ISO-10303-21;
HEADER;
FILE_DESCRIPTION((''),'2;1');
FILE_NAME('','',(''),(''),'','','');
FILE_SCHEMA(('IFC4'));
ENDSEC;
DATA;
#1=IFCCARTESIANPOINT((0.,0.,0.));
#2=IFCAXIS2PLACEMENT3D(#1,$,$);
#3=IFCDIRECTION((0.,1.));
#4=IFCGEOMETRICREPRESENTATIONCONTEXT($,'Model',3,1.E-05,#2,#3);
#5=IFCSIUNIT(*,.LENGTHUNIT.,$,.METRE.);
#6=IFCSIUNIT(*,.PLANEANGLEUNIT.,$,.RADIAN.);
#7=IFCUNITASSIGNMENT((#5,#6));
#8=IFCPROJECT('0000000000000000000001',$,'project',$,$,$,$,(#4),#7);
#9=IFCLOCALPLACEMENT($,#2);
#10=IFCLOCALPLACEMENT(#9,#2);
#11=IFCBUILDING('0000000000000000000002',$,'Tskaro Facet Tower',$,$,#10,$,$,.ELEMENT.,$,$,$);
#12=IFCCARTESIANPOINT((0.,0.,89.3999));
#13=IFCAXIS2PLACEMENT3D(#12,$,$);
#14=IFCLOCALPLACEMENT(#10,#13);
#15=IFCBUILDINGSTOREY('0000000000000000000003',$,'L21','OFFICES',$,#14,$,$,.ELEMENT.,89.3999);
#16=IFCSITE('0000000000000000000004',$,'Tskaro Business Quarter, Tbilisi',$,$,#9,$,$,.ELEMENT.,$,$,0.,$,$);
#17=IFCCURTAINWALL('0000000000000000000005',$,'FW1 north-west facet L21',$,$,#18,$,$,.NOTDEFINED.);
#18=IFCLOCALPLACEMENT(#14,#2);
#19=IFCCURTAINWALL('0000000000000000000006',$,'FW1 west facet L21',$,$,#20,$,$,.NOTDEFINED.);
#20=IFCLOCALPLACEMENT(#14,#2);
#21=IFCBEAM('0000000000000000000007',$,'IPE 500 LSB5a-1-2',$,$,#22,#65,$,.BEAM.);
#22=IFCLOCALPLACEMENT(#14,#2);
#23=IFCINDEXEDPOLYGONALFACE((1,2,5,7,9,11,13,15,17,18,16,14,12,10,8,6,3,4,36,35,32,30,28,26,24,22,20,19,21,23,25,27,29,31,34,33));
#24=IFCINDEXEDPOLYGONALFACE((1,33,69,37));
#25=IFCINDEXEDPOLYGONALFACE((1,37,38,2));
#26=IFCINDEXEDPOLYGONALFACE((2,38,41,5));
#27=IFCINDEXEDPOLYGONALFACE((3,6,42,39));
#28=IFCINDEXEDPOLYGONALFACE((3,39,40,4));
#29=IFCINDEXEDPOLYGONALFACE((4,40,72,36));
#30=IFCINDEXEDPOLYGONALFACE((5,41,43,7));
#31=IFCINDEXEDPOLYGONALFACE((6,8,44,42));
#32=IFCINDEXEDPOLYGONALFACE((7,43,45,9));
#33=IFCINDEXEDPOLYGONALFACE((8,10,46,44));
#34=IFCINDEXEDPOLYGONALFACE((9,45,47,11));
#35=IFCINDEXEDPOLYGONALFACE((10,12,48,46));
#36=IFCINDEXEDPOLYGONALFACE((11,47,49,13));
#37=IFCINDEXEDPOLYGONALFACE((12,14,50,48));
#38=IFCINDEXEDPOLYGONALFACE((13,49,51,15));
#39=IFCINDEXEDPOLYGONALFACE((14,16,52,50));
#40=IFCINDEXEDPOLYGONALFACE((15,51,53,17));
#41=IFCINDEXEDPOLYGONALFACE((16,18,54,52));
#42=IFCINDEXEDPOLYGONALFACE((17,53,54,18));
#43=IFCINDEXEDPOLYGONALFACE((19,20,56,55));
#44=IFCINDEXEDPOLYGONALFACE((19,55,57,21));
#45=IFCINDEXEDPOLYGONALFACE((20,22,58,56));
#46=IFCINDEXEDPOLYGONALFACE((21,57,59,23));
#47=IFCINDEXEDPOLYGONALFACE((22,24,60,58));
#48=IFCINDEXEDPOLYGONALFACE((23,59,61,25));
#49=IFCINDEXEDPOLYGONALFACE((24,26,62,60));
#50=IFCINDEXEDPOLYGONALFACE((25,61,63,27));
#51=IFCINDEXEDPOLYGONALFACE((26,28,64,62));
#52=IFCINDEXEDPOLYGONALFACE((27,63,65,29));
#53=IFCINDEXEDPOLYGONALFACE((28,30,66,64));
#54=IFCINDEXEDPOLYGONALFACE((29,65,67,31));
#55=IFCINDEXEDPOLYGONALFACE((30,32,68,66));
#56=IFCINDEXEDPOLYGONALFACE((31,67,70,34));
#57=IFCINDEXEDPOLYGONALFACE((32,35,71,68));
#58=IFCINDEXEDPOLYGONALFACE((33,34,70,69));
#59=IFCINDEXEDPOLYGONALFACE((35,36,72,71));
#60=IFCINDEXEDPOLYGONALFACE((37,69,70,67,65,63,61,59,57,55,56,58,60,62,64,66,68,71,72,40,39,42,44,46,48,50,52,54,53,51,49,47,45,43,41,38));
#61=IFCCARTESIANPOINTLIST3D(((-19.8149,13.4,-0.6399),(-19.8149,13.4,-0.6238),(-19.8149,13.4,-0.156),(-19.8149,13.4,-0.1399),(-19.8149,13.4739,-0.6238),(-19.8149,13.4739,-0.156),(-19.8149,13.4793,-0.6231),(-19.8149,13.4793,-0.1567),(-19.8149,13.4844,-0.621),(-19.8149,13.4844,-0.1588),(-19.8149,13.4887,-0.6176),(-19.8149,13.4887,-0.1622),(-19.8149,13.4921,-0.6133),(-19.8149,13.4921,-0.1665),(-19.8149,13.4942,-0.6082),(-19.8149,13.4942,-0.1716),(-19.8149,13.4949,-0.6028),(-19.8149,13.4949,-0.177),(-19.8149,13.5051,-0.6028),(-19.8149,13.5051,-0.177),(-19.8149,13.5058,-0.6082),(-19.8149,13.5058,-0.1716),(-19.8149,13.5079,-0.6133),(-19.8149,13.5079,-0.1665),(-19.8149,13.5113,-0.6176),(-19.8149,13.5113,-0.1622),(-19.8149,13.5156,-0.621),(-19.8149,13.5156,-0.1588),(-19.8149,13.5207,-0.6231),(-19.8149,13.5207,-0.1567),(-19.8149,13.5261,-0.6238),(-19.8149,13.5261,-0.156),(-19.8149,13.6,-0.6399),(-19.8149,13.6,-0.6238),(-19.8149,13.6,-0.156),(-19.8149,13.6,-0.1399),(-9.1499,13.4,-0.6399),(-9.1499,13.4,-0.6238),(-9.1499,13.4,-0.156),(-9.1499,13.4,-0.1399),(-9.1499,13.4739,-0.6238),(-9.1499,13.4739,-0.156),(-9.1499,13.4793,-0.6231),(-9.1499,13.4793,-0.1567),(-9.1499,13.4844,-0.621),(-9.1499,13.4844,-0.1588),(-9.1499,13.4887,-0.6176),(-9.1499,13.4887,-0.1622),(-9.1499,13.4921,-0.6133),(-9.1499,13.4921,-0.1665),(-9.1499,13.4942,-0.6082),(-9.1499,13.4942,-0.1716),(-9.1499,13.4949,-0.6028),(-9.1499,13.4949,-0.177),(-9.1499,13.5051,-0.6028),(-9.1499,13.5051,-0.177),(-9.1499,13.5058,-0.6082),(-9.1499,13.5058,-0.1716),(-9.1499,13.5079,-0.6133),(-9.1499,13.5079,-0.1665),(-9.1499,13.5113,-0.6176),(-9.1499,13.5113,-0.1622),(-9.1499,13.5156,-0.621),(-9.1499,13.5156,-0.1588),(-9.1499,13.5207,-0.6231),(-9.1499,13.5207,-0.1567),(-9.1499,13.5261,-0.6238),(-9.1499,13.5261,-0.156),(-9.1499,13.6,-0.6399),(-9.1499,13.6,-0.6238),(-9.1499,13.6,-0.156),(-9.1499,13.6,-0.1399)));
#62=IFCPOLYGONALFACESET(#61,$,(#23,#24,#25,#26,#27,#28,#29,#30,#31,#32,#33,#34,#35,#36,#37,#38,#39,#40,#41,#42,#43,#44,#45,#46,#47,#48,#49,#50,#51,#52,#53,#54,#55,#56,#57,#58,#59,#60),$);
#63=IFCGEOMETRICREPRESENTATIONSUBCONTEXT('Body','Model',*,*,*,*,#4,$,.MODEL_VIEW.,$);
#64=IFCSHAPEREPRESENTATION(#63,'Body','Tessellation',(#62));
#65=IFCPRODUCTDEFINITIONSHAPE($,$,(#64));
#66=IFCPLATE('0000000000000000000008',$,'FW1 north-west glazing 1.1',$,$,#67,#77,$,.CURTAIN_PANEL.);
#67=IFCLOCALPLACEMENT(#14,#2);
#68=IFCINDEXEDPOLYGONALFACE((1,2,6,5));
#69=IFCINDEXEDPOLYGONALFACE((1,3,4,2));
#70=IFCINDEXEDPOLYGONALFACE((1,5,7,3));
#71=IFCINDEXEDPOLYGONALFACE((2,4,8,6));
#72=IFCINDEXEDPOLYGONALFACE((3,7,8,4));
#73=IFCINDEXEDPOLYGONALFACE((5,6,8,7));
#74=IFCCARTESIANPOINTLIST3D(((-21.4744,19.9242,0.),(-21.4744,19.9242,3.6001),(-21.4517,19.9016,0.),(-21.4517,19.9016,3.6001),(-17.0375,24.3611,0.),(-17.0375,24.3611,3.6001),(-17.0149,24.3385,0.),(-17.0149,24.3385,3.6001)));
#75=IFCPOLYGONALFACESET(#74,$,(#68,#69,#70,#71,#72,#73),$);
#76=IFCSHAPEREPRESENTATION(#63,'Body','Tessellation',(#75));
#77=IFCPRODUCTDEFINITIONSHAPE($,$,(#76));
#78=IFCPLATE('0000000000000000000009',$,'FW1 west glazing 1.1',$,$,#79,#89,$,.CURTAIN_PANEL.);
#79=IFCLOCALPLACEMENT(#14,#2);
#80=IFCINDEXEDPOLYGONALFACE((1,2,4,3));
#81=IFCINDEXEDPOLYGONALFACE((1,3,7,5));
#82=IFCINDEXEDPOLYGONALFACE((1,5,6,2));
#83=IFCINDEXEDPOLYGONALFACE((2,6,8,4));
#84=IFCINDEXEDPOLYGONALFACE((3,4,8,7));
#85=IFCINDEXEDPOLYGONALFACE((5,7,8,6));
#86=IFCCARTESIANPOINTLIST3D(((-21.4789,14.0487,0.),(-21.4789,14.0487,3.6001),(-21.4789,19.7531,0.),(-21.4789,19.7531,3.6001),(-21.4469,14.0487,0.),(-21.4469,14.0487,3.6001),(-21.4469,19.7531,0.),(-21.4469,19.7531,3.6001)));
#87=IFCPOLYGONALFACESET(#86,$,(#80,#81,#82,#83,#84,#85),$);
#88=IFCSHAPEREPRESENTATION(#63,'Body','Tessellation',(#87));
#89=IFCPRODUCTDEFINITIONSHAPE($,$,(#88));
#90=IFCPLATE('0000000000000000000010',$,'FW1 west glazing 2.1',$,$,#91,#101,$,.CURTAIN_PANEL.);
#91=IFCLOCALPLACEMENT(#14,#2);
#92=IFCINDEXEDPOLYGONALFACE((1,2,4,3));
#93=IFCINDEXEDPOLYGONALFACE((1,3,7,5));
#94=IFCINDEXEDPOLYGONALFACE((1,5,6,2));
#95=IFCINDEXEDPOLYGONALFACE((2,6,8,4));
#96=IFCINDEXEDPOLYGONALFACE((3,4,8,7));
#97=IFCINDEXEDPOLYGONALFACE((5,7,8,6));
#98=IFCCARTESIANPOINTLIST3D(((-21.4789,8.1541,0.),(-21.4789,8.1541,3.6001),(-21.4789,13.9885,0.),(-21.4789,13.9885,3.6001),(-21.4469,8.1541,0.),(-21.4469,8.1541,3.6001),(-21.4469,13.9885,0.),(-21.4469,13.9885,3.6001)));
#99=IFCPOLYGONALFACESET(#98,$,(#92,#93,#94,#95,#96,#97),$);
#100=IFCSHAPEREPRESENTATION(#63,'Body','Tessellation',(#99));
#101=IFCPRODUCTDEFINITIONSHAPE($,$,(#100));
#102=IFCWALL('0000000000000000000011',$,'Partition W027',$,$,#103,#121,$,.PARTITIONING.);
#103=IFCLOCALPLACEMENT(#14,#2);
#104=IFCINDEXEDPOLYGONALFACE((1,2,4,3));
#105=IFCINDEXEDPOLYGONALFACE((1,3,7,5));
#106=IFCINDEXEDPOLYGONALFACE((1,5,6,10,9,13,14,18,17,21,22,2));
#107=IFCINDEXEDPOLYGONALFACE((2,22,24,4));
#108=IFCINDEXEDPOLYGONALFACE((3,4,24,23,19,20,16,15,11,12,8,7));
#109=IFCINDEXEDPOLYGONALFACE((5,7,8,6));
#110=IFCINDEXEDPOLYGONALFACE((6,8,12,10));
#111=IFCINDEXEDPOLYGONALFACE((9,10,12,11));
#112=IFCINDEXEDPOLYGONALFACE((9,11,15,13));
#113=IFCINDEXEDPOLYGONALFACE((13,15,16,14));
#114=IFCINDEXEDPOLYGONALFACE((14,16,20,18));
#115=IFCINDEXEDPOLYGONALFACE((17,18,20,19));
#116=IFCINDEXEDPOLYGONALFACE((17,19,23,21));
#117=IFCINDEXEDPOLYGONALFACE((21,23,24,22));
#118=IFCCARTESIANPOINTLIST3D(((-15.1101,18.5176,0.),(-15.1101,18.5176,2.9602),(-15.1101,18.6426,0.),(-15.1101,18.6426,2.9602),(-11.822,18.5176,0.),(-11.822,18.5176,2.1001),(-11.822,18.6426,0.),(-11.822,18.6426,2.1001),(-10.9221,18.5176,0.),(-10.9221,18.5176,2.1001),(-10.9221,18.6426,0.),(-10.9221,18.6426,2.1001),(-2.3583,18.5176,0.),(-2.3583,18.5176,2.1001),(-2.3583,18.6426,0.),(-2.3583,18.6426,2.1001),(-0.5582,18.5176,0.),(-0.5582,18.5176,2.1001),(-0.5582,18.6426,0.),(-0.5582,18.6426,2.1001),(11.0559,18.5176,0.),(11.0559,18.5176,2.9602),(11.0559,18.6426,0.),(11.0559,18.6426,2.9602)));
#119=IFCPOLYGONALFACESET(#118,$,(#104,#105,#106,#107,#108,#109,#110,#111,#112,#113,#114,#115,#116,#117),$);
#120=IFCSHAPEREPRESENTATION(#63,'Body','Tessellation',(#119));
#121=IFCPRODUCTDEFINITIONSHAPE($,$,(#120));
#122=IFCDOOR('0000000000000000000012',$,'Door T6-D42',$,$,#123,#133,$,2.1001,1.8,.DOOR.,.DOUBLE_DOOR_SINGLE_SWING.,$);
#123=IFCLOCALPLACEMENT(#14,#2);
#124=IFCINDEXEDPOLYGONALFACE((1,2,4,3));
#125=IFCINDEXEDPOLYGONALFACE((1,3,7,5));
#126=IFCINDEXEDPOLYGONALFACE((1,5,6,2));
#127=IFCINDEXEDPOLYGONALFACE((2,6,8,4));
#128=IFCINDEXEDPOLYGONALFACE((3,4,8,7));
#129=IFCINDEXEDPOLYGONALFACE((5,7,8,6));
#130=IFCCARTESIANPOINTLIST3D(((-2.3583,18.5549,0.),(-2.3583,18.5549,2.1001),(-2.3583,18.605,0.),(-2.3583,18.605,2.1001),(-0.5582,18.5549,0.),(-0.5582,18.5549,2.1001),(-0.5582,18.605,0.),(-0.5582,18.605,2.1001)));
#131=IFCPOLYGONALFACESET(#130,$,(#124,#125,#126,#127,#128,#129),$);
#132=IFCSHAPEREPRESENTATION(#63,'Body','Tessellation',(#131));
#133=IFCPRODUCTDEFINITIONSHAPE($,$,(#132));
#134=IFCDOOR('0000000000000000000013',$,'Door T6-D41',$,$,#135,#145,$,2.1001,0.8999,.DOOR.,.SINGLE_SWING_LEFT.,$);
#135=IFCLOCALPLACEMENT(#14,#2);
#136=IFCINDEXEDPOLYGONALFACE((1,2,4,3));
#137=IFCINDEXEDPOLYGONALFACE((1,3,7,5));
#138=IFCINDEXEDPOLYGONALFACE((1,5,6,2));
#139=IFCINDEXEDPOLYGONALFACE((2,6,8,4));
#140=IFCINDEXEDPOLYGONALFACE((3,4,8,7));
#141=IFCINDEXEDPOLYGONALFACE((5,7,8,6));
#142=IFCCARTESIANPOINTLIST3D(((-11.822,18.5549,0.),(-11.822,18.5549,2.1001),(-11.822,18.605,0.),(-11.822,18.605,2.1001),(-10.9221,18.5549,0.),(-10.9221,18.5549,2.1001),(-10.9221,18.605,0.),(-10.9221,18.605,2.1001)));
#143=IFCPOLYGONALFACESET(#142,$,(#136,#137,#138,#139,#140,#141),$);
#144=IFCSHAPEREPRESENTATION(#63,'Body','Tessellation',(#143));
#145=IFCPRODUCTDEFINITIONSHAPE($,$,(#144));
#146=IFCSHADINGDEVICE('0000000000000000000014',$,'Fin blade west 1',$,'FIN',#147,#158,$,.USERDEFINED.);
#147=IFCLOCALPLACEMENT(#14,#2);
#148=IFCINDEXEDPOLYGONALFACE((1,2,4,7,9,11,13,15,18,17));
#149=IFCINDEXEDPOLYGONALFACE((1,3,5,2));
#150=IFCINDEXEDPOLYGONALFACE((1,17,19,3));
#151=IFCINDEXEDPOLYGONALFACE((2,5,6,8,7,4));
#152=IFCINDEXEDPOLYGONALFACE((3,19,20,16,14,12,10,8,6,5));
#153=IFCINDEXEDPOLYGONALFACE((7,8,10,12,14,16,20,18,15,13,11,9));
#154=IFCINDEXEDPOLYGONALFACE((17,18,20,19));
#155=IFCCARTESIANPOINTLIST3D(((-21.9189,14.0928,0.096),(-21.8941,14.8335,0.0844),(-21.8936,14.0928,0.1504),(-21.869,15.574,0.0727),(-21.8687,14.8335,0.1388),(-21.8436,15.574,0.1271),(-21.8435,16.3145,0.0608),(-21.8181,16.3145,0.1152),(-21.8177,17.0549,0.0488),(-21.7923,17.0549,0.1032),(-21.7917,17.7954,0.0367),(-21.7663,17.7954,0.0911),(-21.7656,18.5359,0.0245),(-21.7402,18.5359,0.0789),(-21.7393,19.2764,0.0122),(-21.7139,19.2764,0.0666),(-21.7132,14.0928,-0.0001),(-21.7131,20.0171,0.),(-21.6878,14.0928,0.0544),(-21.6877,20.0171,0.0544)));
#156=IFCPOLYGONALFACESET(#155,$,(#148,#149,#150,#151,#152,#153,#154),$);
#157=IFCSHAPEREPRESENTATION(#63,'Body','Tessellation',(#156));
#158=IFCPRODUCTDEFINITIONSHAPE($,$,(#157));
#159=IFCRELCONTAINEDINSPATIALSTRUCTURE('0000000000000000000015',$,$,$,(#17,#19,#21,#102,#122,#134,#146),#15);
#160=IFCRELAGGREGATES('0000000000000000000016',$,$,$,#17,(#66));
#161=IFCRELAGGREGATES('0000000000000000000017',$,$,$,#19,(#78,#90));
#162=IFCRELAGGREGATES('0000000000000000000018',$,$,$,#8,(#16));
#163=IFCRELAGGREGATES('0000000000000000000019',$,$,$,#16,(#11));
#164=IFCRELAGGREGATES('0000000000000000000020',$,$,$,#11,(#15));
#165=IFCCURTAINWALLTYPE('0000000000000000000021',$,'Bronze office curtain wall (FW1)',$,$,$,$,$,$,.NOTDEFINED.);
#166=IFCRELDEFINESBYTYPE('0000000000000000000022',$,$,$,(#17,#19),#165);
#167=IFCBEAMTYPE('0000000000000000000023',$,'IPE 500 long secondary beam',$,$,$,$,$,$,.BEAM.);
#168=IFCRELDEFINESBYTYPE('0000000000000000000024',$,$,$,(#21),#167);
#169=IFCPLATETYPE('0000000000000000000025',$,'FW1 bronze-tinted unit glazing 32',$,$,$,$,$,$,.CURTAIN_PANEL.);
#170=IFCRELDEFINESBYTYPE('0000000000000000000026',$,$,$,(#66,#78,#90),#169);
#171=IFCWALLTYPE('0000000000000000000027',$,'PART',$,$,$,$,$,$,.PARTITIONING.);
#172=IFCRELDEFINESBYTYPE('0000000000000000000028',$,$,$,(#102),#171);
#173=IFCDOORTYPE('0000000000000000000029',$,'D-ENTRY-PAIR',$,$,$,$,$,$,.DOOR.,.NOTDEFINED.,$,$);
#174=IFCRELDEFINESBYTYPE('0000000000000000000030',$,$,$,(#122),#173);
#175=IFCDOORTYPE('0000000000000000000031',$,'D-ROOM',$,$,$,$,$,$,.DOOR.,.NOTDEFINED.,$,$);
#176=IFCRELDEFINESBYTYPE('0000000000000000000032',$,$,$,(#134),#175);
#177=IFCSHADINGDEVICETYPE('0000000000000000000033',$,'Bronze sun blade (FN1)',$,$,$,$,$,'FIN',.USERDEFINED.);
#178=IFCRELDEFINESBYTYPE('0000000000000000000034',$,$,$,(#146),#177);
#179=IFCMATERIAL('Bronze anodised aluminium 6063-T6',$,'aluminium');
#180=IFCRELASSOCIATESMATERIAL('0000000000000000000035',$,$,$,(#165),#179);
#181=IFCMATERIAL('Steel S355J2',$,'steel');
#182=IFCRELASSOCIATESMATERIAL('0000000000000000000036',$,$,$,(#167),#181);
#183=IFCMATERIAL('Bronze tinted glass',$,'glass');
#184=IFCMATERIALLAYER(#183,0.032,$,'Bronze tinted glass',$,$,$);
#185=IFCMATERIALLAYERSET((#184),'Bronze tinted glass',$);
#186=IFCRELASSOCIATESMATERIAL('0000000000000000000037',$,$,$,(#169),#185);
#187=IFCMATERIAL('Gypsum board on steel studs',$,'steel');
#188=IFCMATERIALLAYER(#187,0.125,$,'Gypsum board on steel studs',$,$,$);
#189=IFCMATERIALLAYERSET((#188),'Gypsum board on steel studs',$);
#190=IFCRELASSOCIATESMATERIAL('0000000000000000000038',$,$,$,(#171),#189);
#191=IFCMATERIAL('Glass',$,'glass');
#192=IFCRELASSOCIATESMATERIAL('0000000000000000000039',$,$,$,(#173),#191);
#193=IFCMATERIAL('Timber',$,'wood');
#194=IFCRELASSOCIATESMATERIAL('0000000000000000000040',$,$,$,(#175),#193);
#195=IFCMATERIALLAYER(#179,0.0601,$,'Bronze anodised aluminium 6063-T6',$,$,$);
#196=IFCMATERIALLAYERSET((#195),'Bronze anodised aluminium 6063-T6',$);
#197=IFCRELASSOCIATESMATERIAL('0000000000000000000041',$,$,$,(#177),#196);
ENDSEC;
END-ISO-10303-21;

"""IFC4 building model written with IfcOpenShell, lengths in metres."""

from ifc_helpers import new_model, si_unit, direction, frame, frame_2d, origin, origin_2d, place, context, subcontext, project, spatial, polyline, rectangle, i_section, outline, extrude, material, layer, layer_set, material_profile, profile_set, type_object, element, fill, aggregate, save


model = new_model("IFC4")

# Units and contexts
model_context = context("Model", 3, precision=1e-05, world=origin(), true_north=direction((0.0, 1.0)))
body_context = subcontext(model_context, "Body", "Model", "MODEL_VIEW")
ifc_project = project(units=[si_unit("LENGTHUNIT", "METRE"), si_unit("PLANEANGLEUNIT", "RADIAN")], contexts=[model_context])

# Site, building, storey
site_placement = place(None, origin())
site = spatial("IfcSite", under=ifc_project, at=site_placement, Name="Tskaro Business Quarter, Tbilisi", CompositionType="ELEMENT", RefElevation=0.0)
building_placement = place(site_placement, origin())
building = spatial("IfcBuilding", under=site, at=building_placement, Name="Tskaro Facet Tower", CompositionType="ELEMENT")
storey_placement = place(building_placement, frame((0.0, 0.0, 89.3999)))
storey = spatial("IfcBuildingStorey", under=building, at=storey_placement, Name="L21", Description="OFFICES", CompositionType="ELEMENT", Elevation=89.3999)

# Curtain wall
ifc_material_1 = material(Name="Bronze anodised aluminium 6063-T6", Category="aluminium")
curtain_wall_type = type_object("IfcCurtainWallType", Name="Bronze office curtain wall (FW1)", PredefinedType="NOTDEFINED", material=ifc_material_1)
curtain_wall_1_placement = place(storey_placement, origin())
curtain_wall_1 = element("IfcCurtainWall", 1, at=curtain_wall_1_placement, inside=storey, type_object=curtain_wall_type, Name="FW1 north-west facet L21", PredefinedType="NOTDEFINED")

# Curtain wall
curtain_wall_2_placement = place(storey_placement, origin())
curtain_wall_2 = element("IfcCurtainWall", 2, at=curtain_wall_2_placement, inside=storey, type_object=curtain_wall_type, Name="FW1 west facet L21", PredefinedType="NOTDEFINED")

# Beam
ifc_material_2 = material(Name="Steel S355J2", Category="steel")
ifc_material_profile_1 = material_profile(ifc_material_2, i_section(OverallWidth=0.2, OverallDepth=0.5, WebThickness=0.0103, FlangeThickness=0.0161, FilletRadius=0.021, at=origin_2d()), Name="IPE 500")
ifc_profile_set_1 = profile_set([ifc_material_profile_1], Name="Steel S355J2")
beam_type_1 = type_object("IfcBeamType", Name="IPE 500 long secondary beam", PredefinedType="BEAM", material=ifc_profile_set_1)
beam_1_placement = place(storey_placement, frame((-19.8149, 13.5, -0.3899), z_axis=(1.0, 0.0, 0.0), x_axis=(0.0, 1.0, 0.0)))
element("IfcBeam", 3, at=beam_1_placement, inside=storey, type_object=beam_type_1, Name="IPE 500 LSB5a-1-2", PredefinedType="BEAM", context=body_context, shape_type="SweptSolid", body=[
    extrude(i_section(OverallWidth=0.2, OverallDepth=0.5, WebThickness=0.0103, FlangeThickness=0.0161, FilletRadius=0.021, at=origin_2d()), origin(), (0.0, 0.0, 1.0), 10.665),
])

# Plates
ifc_material_3 = material(Name="Bronze tinted glass", Category="glass")
ifc_layer_1 = layer(ifc_material_3, 0.032, Name="Bronze tinted glass")
ifc_layer_set_1 = layer_set([ifc_layer_1], Name="Bronze tinted glass")
plate_type = type_object("IfcPlateType", Name="FW1 bronze-tinted unit glazing 32", PredefinedType="CURTAIN_PANEL", material=ifc_layer_set_1)
plate_1_placement = place(storey_placement, frame((-19.2446, 22.1313, 0.0), z_axis=(0.0, 0.0, 1.0), x_axis=(-0.707107, -0.707107, 0.0)))
plate_1 = element("IfcPlate", 4, at=plate_1_placement, type_object=plate_type, Name="FW1 north-west glazing 1.1", PredefinedType="CURTAIN_PANEL", context=body_context, shape_type="SweptSolid", body=[
    extrude(rectangle(XDim=6.2747, YDim=0.032, at=origin_2d()), origin(), (0.0, 0.0, 1.0), 3.6001),
])
aggregate(curtain_wall_1, [plate_1])
plate_2_placement = place(storey_placement, frame((-21.4629, 16.9009, 0.0), z_axis=(0.0, 0.0, 1.0), x_axis=(0.0, -1.0, 0.0)))
plate_2 = element("IfcPlate", 5, at=plate_2_placement, type_object=plate_type, Name="FW1 west glazing 1.1", PredefinedType="CURTAIN_PANEL", context=body_context, shape_type="SweptSolid", body=[
    extrude(rectangle(XDim=5.7043, YDim=0.032, at=origin_2d()), origin(), (0.0, 0.0, 1.0), 3.6001),
])
plate_3_placement = place(storey_placement, frame((-21.4629, 11.0713, 0.0), z_axis=(0.0, 0.0, 1.0), x_axis=(0.0, -1.0, 0.0)))
plate_3 = element("IfcPlate", 6, at=plate_3_placement, type_object=plate_type, Name="FW1 west glazing 2.1", PredefinedType="CURTAIN_PANEL", context=body_context, shape_type="SweptSolid", body=[
    extrude(rectangle(XDim=5.8345, YDim=0.032, at=origin_2d()), origin(), (0.0, 0.0, 1.0), 3.6001),
])
aggregate(curtain_wall_2, [plate_2, plate_3])

# Wall, openings, doors
ifc_material_4 = material(Name="Gypsum board on steel studs", Category="steel")
ifc_layer_2 = layer(ifc_material_4, 0.125, Name="Gypsum board on steel studs")
ifc_layer_set_2 = layer_set([ifc_layer_2], Name="Gypsum board on steel studs")
wall_type = type_object("IfcWallType", Name="PART", PredefinedType="PARTITIONING", material=ifc_layer_set_2)
wall_placement = place(storey_placement, frame((-15.1101, 18.5801, 0.0), z_axis=(0.0, 0.0, 1.0), x_axis=(1.0, 0.0, 0.0)))
wall = element("IfcWall", 7, at=wall_placement, inside=storey, type_object=wall_type, Name="Partition W027", PredefinedType="PARTITIONING", context=body_context, shape_type="SweptSolid", body=[
    extrude(rectangle(XDim=26.166, YDim=0.125, at=frame_2d((13.083, 0.0))), origin(), (0.0, 0.0, 1.0), 2.9602),
])
opening_1_placement = place(wall_placement, frame((12.752, 0.0, 0.0)))
opening_1 = element("IfcOpeningElement", 8, at=opening_1_placement, cuts=wall, PredefinedType="OPENING", context=body_context, shape_type="SweptSolid", body=[
    extrude(rectangle(XDim=1.8, YDim=2.1001, at=frame_2d((0.8999, 1.05))), frame((0.0, 0.0725, 0.0), z_axis=(0.0, -1.0, 0.0), x_axis=(1.0, 0.0, 0.0)), (0.0, 0.0, 1.0), 0.145),
])
opening_2_placement = place(wall_placement, frame((3.2881, 0.0, 0.0)))
opening_2 = element("IfcOpeningElement", 9, at=opening_2_placement, cuts=wall, PredefinedType="OPENING", context=body_context, shape_type="SweptSolid", body=[
    extrude(rectangle(XDim=0.8999, YDim=2.1001, at=frame_2d((0.45, 1.05))), frame((0.0, 0.0725, 0.0), z_axis=(0.0, -1.0, 0.0), x_axis=(1.0, 0.0, 0.0)), (0.0, 0.0, 1.0), 0.145),
])
ifc_material_5 = material(Name="Glass", Category="glass")
door_type_1 = type_object("IfcDoorType", Name="D-ENTRY-PAIR", OperationType="NOTDEFINED", PredefinedType="DOOR", material=ifc_material_5)
door_1_placement = place(opening_1_placement, origin())
door_1 = element("IfcDoor", 10, at=door_1_placement, inside=storey, type_object=door_type_1, Name="Door T6-D42", OperationType="DOUBLE_DOOR_SINGLE_SWING", OverallHeight=2.1001, OverallWidth=1.8, PredefinedType="DOOR", context=body_context, shape_type="SweptSolid", body=[
    extrude(rectangle(XDim=1.8, YDim=2.1001, at=frame_2d((0.8999, 1.05))), frame((0.0, 0.0249, 0.0), z_axis=(0.0, -1.0, 0.0), x_axis=(1.0, 0.0, 0.0)), (0.0, 0.0, 1.0), 0.05),
])
fill(opening_1, door_1)
ifc_material_6 = material(Name="Timber", Category="wood")
door_type_2 = type_object("IfcDoorType", Name="D-ROOM", OperationType="NOTDEFINED", PredefinedType="DOOR", material=ifc_material_6)
door_2_placement = place(opening_2_placement, origin())
door_2 = element("IfcDoor", 11, at=door_2_placement, inside=storey, type_object=door_type_2, Name="Door T6-D41", OperationType="SINGLE_SWING_LEFT", OverallHeight=2.1001, OverallWidth=0.8999, PredefinedType="DOOR", context=body_context, shape_type="SweptSolid", body=[
    extrude(rectangle(XDim=0.8999, YDim=2.1001, at=frame_2d((0.45, 1.05))), frame((0.0, 0.0249, 0.0), z_axis=(0.0, -1.0, 0.0), x_axis=(1.0, 0.0, 0.0)), (0.0, 0.0, 1.0), 0.05),
])
fill(opening_2, door_2)

# Shading device
ifc_layer_3 = layer(ifc_material_1, 0.0601, Name="Bronze anodised aluminium 6063-T6")
ifc_layer_set_3 = layer_set([ifc_layer_3], Name="Bronze anodised aluminium 6063-T6")
shading_device_type = type_object("IfcShadingDeviceType", Name="Bronze sun blade (FN1)", ElementType="FIN", PredefinedType="USERDEFINED", material=ifc_layer_set_3)
shading_device_1_placement = place(storey_placement, frame((-21.6877, 20.0171, 0.0544), z_axis=(0.422842, -0.000013, 0.906204), x_axis=(-0.000005, -1.0, -0.000012)))
element("IfcShadingDevice", 12, at=shading_device_1_placement, inside=storey, type_object=shading_device_type, Name="Fin blade west 1", ObjectType="FIN", PredefinedType="USERDEFINED", context=body_context, shape_type="SweptSolid", body=[
    extrude(outline(polyline([(0.0, 0.0), (5.9243, 0.0), (5.9243, -0.2271), (5.1836, -0.1997), (4.4431, -0.1719), (3.7026, -0.1438), (2.9622, -0.1153), (2.2217, -0.0867), (1.4812, -0.0579), (0.7407, -0.0288), (0.0, 0.0)])), origin(), (0.0, 0.0, -1.0), 0.0601),
])

save(model, "model.ifc")
